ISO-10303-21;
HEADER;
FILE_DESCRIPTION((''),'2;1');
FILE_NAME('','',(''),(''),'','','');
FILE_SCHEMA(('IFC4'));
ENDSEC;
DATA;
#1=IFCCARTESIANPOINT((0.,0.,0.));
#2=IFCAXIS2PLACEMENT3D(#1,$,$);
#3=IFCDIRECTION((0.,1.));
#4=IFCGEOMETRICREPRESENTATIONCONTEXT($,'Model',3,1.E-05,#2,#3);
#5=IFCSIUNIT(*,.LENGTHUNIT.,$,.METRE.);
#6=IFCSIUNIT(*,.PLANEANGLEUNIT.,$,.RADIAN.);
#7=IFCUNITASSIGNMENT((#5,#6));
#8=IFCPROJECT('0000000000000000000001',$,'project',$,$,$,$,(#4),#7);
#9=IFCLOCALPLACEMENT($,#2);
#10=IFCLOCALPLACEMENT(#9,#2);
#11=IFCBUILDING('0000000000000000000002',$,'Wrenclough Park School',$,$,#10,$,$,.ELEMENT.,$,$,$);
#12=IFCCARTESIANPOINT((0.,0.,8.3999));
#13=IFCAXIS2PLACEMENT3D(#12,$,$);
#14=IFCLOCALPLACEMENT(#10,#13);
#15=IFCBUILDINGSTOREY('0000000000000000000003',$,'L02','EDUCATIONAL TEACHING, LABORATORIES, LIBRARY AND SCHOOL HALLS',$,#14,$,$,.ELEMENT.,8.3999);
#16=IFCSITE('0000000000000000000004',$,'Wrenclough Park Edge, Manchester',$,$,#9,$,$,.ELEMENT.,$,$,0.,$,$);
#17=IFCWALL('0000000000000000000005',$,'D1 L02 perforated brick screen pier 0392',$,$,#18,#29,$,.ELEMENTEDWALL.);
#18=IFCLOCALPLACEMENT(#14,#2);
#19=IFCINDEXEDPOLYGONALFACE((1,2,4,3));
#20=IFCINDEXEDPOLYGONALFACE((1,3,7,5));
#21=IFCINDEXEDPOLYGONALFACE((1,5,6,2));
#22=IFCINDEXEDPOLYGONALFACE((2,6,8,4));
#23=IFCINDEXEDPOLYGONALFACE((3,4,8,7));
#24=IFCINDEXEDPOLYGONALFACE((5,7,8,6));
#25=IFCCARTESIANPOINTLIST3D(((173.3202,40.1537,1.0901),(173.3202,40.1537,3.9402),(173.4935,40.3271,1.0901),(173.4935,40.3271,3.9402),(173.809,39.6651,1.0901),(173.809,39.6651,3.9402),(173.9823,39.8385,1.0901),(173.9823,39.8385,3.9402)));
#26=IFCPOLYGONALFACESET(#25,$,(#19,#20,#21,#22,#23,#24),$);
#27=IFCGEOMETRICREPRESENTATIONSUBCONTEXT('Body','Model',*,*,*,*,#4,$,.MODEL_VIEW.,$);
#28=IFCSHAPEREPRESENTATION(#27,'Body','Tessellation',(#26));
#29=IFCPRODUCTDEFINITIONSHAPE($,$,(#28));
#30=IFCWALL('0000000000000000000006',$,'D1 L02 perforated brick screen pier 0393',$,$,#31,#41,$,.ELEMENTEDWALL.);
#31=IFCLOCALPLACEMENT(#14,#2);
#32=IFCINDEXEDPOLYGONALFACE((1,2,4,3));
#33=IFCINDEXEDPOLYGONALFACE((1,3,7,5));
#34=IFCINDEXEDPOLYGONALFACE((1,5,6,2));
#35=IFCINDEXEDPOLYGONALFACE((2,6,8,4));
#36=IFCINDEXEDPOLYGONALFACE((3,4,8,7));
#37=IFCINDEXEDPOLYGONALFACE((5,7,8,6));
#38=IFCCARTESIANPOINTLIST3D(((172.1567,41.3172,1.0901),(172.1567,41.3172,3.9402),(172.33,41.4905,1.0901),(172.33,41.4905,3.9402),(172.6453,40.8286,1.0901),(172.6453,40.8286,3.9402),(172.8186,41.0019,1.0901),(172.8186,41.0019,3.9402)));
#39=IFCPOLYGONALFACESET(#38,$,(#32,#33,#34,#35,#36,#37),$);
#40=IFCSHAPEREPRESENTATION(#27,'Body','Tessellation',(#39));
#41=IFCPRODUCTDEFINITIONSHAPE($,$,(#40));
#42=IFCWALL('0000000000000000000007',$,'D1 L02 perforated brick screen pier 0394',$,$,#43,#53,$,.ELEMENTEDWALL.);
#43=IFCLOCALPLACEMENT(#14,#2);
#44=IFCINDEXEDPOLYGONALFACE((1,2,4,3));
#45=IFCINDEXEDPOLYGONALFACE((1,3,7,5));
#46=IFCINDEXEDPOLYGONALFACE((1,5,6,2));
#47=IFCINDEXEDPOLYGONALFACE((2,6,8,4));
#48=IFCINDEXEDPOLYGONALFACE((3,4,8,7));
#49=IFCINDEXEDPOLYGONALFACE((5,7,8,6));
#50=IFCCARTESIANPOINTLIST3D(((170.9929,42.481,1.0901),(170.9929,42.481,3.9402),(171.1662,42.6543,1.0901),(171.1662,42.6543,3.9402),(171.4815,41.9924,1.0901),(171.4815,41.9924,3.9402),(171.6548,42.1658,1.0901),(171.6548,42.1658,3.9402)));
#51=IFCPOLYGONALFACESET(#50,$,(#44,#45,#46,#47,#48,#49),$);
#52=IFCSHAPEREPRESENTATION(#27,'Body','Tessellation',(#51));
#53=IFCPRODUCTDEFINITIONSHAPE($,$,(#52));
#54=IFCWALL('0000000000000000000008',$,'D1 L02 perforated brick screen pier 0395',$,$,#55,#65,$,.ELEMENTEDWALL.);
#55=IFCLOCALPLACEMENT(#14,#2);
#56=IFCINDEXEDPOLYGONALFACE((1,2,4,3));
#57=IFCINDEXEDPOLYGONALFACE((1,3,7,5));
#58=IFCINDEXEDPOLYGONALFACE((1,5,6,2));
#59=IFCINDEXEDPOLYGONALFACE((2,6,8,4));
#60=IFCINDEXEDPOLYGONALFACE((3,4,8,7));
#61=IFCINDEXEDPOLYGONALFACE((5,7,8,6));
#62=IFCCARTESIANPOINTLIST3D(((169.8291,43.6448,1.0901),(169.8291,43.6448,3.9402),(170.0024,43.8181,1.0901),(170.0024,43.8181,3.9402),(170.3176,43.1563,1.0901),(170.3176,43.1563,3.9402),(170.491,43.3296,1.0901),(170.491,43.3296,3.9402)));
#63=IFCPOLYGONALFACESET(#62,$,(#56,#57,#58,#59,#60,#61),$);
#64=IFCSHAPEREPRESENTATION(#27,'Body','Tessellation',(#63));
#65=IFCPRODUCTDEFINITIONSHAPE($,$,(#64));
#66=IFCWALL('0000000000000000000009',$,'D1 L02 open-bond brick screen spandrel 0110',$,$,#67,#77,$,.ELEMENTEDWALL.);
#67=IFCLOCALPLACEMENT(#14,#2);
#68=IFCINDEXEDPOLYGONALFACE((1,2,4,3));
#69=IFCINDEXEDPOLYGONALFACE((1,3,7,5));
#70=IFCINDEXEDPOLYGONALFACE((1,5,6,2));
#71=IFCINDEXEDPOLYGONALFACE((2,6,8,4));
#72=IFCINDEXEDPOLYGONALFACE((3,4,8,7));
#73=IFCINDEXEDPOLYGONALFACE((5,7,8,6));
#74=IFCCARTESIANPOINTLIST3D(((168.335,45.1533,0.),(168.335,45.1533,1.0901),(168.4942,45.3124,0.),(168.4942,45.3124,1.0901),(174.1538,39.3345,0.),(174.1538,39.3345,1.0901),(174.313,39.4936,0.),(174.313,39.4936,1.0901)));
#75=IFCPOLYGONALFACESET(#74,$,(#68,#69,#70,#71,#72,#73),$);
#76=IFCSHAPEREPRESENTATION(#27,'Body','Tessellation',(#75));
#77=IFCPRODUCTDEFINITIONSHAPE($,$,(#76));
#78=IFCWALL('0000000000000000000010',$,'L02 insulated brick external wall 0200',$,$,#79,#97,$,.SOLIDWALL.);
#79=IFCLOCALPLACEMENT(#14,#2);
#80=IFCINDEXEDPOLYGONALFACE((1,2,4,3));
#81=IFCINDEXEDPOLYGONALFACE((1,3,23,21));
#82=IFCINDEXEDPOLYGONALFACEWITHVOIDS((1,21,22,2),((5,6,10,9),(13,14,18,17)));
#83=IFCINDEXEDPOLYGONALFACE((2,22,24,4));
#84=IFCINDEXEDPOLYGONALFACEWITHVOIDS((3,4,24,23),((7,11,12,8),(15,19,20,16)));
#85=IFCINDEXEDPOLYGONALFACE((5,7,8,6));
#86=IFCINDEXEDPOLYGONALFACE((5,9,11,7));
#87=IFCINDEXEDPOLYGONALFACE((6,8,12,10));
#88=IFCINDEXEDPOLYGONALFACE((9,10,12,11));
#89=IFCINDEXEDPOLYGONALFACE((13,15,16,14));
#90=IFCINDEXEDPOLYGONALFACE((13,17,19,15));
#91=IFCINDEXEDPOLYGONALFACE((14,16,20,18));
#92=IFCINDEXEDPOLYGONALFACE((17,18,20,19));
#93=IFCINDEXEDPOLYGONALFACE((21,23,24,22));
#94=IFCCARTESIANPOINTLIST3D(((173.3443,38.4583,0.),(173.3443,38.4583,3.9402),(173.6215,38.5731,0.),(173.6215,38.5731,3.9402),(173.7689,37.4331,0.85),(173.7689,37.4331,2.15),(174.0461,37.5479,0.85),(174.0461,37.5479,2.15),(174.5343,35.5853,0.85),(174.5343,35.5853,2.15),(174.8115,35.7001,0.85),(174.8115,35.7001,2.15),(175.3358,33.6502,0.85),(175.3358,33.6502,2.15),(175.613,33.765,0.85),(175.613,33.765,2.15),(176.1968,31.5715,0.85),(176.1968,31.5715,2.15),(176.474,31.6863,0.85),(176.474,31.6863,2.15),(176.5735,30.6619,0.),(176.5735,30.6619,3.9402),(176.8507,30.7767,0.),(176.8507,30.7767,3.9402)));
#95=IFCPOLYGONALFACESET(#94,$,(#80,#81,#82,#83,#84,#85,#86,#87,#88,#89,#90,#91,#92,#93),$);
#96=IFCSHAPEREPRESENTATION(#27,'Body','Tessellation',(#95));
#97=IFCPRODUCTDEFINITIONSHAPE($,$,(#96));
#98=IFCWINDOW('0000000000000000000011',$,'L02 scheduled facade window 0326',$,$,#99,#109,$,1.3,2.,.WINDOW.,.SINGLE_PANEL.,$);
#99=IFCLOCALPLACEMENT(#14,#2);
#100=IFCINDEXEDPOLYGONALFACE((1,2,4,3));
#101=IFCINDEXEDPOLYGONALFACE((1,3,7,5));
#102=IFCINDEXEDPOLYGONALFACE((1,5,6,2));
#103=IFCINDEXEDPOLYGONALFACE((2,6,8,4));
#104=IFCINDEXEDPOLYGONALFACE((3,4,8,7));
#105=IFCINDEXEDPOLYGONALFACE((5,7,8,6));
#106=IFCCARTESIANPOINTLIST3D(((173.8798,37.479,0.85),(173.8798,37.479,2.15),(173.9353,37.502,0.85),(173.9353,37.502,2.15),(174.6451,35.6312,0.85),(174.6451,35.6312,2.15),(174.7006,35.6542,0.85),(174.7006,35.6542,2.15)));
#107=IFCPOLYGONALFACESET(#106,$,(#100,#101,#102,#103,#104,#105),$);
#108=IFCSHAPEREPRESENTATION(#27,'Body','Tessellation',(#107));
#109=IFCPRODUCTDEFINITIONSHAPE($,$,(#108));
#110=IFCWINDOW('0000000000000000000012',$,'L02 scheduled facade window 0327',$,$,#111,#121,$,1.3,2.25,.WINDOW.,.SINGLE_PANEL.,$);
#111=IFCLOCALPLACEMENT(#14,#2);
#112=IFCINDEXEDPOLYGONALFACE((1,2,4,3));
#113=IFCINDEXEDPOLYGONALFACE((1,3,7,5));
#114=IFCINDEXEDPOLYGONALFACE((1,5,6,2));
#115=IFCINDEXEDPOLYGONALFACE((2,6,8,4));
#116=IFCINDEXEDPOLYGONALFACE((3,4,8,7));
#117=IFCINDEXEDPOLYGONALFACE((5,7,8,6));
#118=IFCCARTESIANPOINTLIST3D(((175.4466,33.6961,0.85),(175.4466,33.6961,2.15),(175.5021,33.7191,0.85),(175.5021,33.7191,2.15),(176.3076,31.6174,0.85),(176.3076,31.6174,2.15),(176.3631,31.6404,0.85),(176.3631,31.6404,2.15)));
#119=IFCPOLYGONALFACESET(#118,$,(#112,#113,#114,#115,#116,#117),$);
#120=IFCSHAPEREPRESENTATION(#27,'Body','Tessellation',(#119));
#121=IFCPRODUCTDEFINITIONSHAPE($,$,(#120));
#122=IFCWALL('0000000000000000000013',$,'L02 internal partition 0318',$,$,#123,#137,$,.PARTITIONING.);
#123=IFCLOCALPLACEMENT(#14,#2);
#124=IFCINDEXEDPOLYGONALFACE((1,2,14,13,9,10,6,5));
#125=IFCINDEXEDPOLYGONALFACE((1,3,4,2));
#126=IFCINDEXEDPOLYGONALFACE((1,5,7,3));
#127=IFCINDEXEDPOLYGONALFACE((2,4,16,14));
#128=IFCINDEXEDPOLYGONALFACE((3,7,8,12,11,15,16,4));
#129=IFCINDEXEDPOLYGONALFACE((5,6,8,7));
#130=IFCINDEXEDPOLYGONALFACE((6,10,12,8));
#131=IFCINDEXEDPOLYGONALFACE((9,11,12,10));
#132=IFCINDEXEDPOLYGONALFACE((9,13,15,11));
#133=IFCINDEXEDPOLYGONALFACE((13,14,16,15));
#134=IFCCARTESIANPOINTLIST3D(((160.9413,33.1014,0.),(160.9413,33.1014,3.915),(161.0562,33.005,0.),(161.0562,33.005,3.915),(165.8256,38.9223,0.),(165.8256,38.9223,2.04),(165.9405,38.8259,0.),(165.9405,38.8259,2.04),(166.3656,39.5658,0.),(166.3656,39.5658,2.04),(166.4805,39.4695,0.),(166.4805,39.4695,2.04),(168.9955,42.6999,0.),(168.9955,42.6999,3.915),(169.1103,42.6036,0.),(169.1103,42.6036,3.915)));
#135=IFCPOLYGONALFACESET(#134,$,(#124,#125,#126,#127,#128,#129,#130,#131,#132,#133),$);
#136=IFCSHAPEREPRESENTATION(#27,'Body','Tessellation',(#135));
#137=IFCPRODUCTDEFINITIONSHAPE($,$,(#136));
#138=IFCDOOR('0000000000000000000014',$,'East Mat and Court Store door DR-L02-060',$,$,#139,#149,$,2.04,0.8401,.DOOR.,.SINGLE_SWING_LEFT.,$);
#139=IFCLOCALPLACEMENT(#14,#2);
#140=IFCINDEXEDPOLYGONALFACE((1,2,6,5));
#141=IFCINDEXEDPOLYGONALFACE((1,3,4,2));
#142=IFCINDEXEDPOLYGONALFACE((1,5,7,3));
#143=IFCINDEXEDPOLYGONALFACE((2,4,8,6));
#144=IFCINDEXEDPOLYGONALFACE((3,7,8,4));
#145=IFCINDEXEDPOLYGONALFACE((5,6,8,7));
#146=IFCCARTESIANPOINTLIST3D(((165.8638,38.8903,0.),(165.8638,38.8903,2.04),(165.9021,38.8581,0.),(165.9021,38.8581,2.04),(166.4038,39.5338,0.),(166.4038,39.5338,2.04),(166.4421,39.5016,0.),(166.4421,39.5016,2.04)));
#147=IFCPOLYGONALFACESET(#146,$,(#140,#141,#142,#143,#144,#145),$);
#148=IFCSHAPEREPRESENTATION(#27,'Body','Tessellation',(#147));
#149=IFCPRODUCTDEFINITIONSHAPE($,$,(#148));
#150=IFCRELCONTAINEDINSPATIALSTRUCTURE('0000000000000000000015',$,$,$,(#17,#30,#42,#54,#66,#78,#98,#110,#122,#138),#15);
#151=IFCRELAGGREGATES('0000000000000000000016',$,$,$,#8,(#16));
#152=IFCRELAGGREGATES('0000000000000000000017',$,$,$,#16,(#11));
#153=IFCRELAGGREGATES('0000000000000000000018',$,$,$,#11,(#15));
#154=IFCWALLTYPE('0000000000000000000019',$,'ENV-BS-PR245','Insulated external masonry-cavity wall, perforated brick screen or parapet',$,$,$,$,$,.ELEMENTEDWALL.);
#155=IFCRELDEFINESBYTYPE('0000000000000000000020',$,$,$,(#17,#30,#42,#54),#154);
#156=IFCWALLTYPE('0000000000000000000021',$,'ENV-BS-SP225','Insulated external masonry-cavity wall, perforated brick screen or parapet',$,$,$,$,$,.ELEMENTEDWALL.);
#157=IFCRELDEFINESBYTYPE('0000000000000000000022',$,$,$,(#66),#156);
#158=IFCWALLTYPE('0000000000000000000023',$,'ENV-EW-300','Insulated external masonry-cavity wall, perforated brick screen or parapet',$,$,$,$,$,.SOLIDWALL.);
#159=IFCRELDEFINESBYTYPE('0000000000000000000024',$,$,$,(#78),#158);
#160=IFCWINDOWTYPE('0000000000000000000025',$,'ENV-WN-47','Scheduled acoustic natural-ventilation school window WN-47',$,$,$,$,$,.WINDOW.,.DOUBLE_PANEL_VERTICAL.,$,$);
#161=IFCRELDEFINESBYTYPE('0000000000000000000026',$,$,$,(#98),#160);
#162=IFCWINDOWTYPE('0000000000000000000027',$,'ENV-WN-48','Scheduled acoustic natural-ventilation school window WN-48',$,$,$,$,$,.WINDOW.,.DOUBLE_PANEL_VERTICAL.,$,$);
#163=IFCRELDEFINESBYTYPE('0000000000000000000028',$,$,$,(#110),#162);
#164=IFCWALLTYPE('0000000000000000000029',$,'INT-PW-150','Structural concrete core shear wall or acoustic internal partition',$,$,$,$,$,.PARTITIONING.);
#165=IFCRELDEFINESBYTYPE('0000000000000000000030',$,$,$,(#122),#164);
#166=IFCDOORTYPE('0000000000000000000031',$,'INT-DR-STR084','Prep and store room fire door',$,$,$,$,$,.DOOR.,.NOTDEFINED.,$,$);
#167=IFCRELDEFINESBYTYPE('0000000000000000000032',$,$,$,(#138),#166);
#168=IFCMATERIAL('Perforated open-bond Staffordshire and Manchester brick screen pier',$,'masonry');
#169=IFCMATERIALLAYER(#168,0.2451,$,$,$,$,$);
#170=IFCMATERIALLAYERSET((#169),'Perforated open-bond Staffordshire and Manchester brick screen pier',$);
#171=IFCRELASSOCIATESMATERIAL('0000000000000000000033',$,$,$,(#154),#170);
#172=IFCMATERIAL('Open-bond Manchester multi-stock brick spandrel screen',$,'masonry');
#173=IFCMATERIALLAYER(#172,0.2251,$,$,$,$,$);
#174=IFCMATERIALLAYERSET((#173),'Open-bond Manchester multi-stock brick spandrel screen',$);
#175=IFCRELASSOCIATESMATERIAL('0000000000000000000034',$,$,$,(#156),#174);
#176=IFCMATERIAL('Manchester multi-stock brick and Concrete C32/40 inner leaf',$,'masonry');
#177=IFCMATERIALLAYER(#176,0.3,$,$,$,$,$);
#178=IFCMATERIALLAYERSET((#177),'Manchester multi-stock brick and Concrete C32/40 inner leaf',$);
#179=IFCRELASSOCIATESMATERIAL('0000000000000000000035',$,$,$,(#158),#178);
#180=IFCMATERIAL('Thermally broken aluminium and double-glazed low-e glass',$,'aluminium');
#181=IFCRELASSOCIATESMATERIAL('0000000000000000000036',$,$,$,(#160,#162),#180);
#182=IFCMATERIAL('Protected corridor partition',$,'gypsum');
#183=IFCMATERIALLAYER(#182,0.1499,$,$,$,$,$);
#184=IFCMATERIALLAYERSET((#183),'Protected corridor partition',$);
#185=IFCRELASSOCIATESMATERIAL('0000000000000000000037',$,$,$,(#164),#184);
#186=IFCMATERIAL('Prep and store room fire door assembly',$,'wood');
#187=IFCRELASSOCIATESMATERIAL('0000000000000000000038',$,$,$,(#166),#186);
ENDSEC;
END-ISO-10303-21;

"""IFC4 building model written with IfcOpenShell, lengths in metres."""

from ifc_helpers import new_model, si_unit, direction, frame, frame_2d, origin, place, context, subcontext, project, spatial, rectangle, extrude, material, layer, layer_set, type_object, element, fill, save


model = new_model("IFC4")

# Units and contexts
model_context = context("Model", 3, precision=1e-05, world=origin(), true_north=direction((0.0, 1.0)))
body_context = subcontext(model_context, "Body", "Model", "MODEL_VIEW")
ifc_project = project(units=[si_unit("LENGTHUNIT", "METRE"), si_unit("PLANEANGLEUNIT", "RADIAN")], contexts=[model_context])

# Site, building, storey
site_placement = place(None, origin())
site = spatial("IfcSite", under=ifc_project, at=site_placement, Name="Wrenclough Park Edge, Manchester", CompositionType="ELEMENT", RefElevation=0.0)
building_placement = place(site_placement, origin())
building = spatial("IfcBuilding", under=site, at=building_placement, Name="Wrenclough Park School", CompositionType="ELEMENT")
storey_placement = place(building_placement, frame((0.0, 0.0, 8.3999)))
storey = spatial("IfcBuildingStorey", under=building, at=storey_placement, Name="L02", Description="EDUCATIONAL TEACHING, LABORATORIES, LIBRARY AND SCHOOL HALLS", CompositionType="ELEMENT", Elevation=8.3999)

# Walls
ifc_material_1 = material(Name="Perforated open-bond Staffordshire and Manchester brick screen pier", Category="masonry")
ifc_layer_1 = layer(ifc_material_1, 0.2451)
ifc_layer_set_1 = layer_set([ifc_layer_1], Name="Perforated open-bond Staffordshire and Manchester brick screen pier")
wall_type_1 = type_object("IfcWallType", Name="ENV-BS-PR245", Description="Insulated external masonry-cavity wall, perforated brick screen or parapet", PredefinedType="ELEMENTEDWALL", material=ifc_layer_set_1)
wall_1_placement = place(storey_placement, frame((173.8958, 39.7517, 1.0901), z_axis=(0.0, 0.0, 1.0), x_axis=(-0.707283, 0.70693, 0.0)))
element("IfcWall", 1, at=wall_1_placement, inside=storey, type_object=wall_type_1, Name="D1 L02 perforated brick screen pier 0392", PredefinedType="ELEMENTEDWALL", context=body_context, shape_type="SweptSolid", body=[
    extrude(rectangle(XDim=0.6912, YDim=0.2451, at=frame_2d((0.3457, 0.0))), origin(), (0.0, 0.0, 1.0), 2.8501),
])
for number, where, z_axis, x_axis, name in (
    (2, (172.7319, 40.9153, 1.0901), (0.0, 0.0, 1.0), (-0.707107, 0.707107, 0.0), "D1 L02 perforated brick screen pier 0393"),
    (3, (171.5681, 42.0791, 1.0901), (0.0, 0.0, 1.0), (-0.707107, 0.707107, 0.0), "D1 L02 perforated brick screen pier 0394"),
    (4, (170.4043, 43.2429, 1.0901), (0.0, 0.0, 1.0), (-0.707107, 0.707107, 0.0), "D1 L02 perforated brick screen pier 0395"),
):
    element("IfcWall", number, at=place(storey_placement, frame(where, z_axis=z_axis, x_axis=x_axis)), inside=storey, type_object=wall_type_1, Name=name, PredefinedType="ELEMENTEDWALL", context=body_context, shape_type="SweptSolid", body=[
        extrude(rectangle(XDim=0.6909, YDim=0.2451, at=frame_2d((0.3455, 0.0))), origin(), (0.0, 0.0, 1.0), 2.8501),
    ])
ifc_material_2 = material(Name="Open-bond Manchester multi-stock brick spandrel screen", Category="masonry")
ifc_layer_2 = layer(ifc_material_2, 0.2251)
ifc_layer_set_2 = layer_set([ifc_layer_2], Name="Open-bond Manchester multi-stock brick spandrel screen")
wall_type_2 = type_object("IfcWallType", Name="ENV-BS-SP225", Description="Insulated external masonry-cavity wall, perforated brick screen or parapet", PredefinedType="ELEMENTEDWALL", material=ifc_layer_set_2)
wall_2_placement = place(storey_placement, frame((174.2334, 39.4141, 0.0), z_axis=(0.0, 0.0, 1.0), x_axis=(-0.707107, 0.707107, 0.0)))
element("IfcWall", 5, at=wall_2_placement, inside=storey, type_object=wall_type_2, Name="D1 L02 open-bond brick screen spandrel 0110", PredefinedType="ELEMENTEDWALL", context=body_context, shape_type="SweptSolid", body=[
    extrude(rectangle(XDim=8.229, YDim=0.2251, at=frame_2d((4.1145, 0.0))), origin(), (0.0, 0.0, 1.0), 1.0901),
])

# Wall, openings, windows
ifc_material_3 = material(Name="Manchester multi-stock brick and Concrete C32/40 inner leaf", Category="masonry")
ifc_layer_3 = layer(ifc_material_3, 0.3)
ifc_layer_set_3 = layer_set([ifc_layer_3], Name="Manchester multi-stock brick and Concrete C32/40 inner leaf")
wall_type_3 = type_object("IfcWallType", Name="ENV-EW-300", Description="Insulated external masonry-cavity wall, perforated brick screen or parapet", PredefinedType="SOLIDWALL", material=ifc_layer_set_3)
wall_3_placement = place(storey_placement, frame((173.4829, 38.5156, 0.0), z_axis=(0.0, 0.0, 1.0), x_axis=(0.382671, -0.923885, 0.0)))
wall_3 = element("IfcWall", 6, at=wall_3_placement, inside=storey, type_object=wall_type_3, Name="L02 insulated brick external wall 0200", PredefinedType="SOLIDWALL", context=body_context, shape_type="SweptSolid", body=[
    extrude(rectangle(XDim=8.4387, YDim=0.3, at=frame_2d((4.2192, 0.0))), origin(), (0.0, 0.0, 1.0), 3.9402),
])
opening_1_placement = place(wall_3_placement, frame((1.1096, 0.0, 0.8501)))
opening_1 = element("IfcOpeningElement", 7, at=opening_1_placement, cuts=wall_3, PredefinedType="OPENING", context=body_context, shape_type="SweptSolid", body=[
    extrude(rectangle(XDim=2.0, YDim=1.3, at=frame_2d((1.0, 0.6499))), frame((0.0, 0.1599, 0.0), z_axis=(0.0, -1.0, 0.0), x_axis=(1.0, 0.0, 0.0)), (0.0, 0.0, 1.0), 0.3201),
])
opening_2_placement = place(wall_3_placement, frame((5.2041, 0.0, 0.8501)))
opening_2 = element("IfcOpeningElement", 8, at=opening_2_placement, cuts=wall_3, PredefinedType="OPENING", context=body_context, shape_type="SweptSolid", body=[
    extrude(rectangle(XDim=2.25, YDim=1.3, at=frame_2d((1.125, 0.6499))), frame((0.0, 0.1599, 0.0), z_axis=(0.0, -1.0, 0.0), x_axis=(1.0, 0.0, 0.0)), (0.0, 0.0, 1.0), 0.3201),
])
ifc_material_4 = material(Name="Thermally broken aluminium and double-glazed low-e glass", Category="aluminium")
window_type_1 = type_object("IfcWindowType", Name="ENV-WN-47", Description="Scheduled acoustic natural-ventilation school window WN-47", PartitioningType="DOUBLE_PANEL_VERTICAL", PredefinedType="WINDOW", material=ifc_material_4)
window_1_placement = place(opening_1_placement, origin())
window_1 = element("IfcWindow", 9, at=window_1_placement, inside=storey, type_object=window_type_1, Name="L02 scheduled facade window 0326", OverallHeight=1.3, OverallWidth=2.0, PartitioningType="SINGLE_PANEL", PredefinedType="WINDOW", context=body_context, shape_type="SweptSolid", body=[
    extrude(rectangle(XDim=2.0, YDim=1.3, at=frame_2d((1.0, 0.6499))), frame((0.0, 0.03, 0.0), z_axis=(0.0, -1.0, 0.0), x_axis=(1.0, 0.0, 0.0)), (0.0, 0.0, 1.0), 0.0601),
])
fill(opening_1, window_1)
window_type_2 = type_object("IfcWindowType", Name="ENV-WN-48", Description="Scheduled acoustic natural-ventilation school window WN-48", PartitioningType="DOUBLE_PANEL_VERTICAL", PredefinedType="WINDOW", material=ifc_material_4)
window_2_placement = place(opening_2_placement, origin())
window_2 = element("IfcWindow", 10, at=window_2_placement, inside=storey, type_object=window_type_2, Name="L02 scheduled facade window 0327", OverallHeight=1.3, OverallWidth=2.25, PartitioningType="SINGLE_PANEL", PredefinedType="WINDOW", context=body_context, shape_type="SweptSolid", body=[
    extrude(rectangle(XDim=2.25, YDim=1.3, at=frame_2d((1.125, 0.6499))), frame((0.0, 0.03, 0.0), z_axis=(0.0, -1.0, 0.0), x_axis=(1.0, 0.0, 0.0)), (0.0, 0.0, 1.0), 0.0601),
])
fill(opening_2, window_2)

# Wall, opening, door
ifc_material_5 = material(Name="Protected corridor partition", Category="gypsum")
ifc_layer_4 = layer(ifc_material_5, 0.1499)
ifc_layer_set_4 = layer_set([ifc_layer_4], Name="Protected corridor partition")
wall_type_4 = type_object("IfcWallType", Name="INT-PW-150", Description="Structural concrete core shear wall or acoustic internal partition", PredefinedType="PARTITIONING", material=ifc_layer_set_4)
wall_4_placement = place(storey_placement, frame((169.053, 42.6519, 0.0), z_axis=(0.0, 0.0, 1.0), x_axis=(-0.642787, -0.766045, 0.0)))
wall_4 = element("IfcWall", 11, at=wall_4_placement, inside=storey, type_object=wall_type_4, Name="L02 internal partition 0318", PredefinedType="PARTITIONING", context=body_context, shape_type="SweptSolid", body=[
    extrude(rectangle(XDim=12.53, YDim=0.1499, at=frame_2d((6.2651, 0.0))), origin(), (0.0, 0.0, 1.0), 3.915),
])
opening_3_placement = place(wall_4_placement, frame((4.0916, 0.0, 0.0)))
opening_3 = element("IfcOpeningElement", 12, at=opening_3_placement, cuts=wall_4, PredefinedType="OPENING", context=body_context, shape_type="SweptSolid", body=[
    extrude(rectangle(XDim=0.8401, YDim=2.04, at=frame_2d((0.4199, 1.02))), frame((0.0, 0.085, 0.0), z_axis=(0.0, -1.0, 0.0), x_axis=(1.0, 0.0, 0.0)), (0.0, 0.0, 1.0), 0.1699),
])
ifc_material_6 = material(Name="Prep and store room fire door assembly", Category="wood")
door_type = type_object("IfcDoorType", Name="INT-DR-STR084", Description="Prep and store room fire door", OperationType="NOTDEFINED", PredefinedType="DOOR", material=ifc_material_6)
door_placement = place(opening_3_placement, origin())
door = element("IfcDoor", 13, at=door_placement, inside=storey, type_object=door_type, Name="East Mat and Court Store door DR-L02-060", OperationType="SINGLE_SWING_LEFT", OverallHeight=2.04, OverallWidth=0.8401, PredefinedType="DOOR", context=body_context, shape_type="SweptSolid", body=[
    extrude(rectangle(XDim=0.8401, YDim=2.04, at=frame_2d((0.4199, 1.02))), frame((0.0, 0.0249, 0.0), z_axis=(0.0, -1.0, 0.0), x_axis=(1.0, 0.0, 0.0)), (0.0, 0.0, 1.0), 0.05),
])
fill(opening_3, door)

save(model, "model.ifc")
